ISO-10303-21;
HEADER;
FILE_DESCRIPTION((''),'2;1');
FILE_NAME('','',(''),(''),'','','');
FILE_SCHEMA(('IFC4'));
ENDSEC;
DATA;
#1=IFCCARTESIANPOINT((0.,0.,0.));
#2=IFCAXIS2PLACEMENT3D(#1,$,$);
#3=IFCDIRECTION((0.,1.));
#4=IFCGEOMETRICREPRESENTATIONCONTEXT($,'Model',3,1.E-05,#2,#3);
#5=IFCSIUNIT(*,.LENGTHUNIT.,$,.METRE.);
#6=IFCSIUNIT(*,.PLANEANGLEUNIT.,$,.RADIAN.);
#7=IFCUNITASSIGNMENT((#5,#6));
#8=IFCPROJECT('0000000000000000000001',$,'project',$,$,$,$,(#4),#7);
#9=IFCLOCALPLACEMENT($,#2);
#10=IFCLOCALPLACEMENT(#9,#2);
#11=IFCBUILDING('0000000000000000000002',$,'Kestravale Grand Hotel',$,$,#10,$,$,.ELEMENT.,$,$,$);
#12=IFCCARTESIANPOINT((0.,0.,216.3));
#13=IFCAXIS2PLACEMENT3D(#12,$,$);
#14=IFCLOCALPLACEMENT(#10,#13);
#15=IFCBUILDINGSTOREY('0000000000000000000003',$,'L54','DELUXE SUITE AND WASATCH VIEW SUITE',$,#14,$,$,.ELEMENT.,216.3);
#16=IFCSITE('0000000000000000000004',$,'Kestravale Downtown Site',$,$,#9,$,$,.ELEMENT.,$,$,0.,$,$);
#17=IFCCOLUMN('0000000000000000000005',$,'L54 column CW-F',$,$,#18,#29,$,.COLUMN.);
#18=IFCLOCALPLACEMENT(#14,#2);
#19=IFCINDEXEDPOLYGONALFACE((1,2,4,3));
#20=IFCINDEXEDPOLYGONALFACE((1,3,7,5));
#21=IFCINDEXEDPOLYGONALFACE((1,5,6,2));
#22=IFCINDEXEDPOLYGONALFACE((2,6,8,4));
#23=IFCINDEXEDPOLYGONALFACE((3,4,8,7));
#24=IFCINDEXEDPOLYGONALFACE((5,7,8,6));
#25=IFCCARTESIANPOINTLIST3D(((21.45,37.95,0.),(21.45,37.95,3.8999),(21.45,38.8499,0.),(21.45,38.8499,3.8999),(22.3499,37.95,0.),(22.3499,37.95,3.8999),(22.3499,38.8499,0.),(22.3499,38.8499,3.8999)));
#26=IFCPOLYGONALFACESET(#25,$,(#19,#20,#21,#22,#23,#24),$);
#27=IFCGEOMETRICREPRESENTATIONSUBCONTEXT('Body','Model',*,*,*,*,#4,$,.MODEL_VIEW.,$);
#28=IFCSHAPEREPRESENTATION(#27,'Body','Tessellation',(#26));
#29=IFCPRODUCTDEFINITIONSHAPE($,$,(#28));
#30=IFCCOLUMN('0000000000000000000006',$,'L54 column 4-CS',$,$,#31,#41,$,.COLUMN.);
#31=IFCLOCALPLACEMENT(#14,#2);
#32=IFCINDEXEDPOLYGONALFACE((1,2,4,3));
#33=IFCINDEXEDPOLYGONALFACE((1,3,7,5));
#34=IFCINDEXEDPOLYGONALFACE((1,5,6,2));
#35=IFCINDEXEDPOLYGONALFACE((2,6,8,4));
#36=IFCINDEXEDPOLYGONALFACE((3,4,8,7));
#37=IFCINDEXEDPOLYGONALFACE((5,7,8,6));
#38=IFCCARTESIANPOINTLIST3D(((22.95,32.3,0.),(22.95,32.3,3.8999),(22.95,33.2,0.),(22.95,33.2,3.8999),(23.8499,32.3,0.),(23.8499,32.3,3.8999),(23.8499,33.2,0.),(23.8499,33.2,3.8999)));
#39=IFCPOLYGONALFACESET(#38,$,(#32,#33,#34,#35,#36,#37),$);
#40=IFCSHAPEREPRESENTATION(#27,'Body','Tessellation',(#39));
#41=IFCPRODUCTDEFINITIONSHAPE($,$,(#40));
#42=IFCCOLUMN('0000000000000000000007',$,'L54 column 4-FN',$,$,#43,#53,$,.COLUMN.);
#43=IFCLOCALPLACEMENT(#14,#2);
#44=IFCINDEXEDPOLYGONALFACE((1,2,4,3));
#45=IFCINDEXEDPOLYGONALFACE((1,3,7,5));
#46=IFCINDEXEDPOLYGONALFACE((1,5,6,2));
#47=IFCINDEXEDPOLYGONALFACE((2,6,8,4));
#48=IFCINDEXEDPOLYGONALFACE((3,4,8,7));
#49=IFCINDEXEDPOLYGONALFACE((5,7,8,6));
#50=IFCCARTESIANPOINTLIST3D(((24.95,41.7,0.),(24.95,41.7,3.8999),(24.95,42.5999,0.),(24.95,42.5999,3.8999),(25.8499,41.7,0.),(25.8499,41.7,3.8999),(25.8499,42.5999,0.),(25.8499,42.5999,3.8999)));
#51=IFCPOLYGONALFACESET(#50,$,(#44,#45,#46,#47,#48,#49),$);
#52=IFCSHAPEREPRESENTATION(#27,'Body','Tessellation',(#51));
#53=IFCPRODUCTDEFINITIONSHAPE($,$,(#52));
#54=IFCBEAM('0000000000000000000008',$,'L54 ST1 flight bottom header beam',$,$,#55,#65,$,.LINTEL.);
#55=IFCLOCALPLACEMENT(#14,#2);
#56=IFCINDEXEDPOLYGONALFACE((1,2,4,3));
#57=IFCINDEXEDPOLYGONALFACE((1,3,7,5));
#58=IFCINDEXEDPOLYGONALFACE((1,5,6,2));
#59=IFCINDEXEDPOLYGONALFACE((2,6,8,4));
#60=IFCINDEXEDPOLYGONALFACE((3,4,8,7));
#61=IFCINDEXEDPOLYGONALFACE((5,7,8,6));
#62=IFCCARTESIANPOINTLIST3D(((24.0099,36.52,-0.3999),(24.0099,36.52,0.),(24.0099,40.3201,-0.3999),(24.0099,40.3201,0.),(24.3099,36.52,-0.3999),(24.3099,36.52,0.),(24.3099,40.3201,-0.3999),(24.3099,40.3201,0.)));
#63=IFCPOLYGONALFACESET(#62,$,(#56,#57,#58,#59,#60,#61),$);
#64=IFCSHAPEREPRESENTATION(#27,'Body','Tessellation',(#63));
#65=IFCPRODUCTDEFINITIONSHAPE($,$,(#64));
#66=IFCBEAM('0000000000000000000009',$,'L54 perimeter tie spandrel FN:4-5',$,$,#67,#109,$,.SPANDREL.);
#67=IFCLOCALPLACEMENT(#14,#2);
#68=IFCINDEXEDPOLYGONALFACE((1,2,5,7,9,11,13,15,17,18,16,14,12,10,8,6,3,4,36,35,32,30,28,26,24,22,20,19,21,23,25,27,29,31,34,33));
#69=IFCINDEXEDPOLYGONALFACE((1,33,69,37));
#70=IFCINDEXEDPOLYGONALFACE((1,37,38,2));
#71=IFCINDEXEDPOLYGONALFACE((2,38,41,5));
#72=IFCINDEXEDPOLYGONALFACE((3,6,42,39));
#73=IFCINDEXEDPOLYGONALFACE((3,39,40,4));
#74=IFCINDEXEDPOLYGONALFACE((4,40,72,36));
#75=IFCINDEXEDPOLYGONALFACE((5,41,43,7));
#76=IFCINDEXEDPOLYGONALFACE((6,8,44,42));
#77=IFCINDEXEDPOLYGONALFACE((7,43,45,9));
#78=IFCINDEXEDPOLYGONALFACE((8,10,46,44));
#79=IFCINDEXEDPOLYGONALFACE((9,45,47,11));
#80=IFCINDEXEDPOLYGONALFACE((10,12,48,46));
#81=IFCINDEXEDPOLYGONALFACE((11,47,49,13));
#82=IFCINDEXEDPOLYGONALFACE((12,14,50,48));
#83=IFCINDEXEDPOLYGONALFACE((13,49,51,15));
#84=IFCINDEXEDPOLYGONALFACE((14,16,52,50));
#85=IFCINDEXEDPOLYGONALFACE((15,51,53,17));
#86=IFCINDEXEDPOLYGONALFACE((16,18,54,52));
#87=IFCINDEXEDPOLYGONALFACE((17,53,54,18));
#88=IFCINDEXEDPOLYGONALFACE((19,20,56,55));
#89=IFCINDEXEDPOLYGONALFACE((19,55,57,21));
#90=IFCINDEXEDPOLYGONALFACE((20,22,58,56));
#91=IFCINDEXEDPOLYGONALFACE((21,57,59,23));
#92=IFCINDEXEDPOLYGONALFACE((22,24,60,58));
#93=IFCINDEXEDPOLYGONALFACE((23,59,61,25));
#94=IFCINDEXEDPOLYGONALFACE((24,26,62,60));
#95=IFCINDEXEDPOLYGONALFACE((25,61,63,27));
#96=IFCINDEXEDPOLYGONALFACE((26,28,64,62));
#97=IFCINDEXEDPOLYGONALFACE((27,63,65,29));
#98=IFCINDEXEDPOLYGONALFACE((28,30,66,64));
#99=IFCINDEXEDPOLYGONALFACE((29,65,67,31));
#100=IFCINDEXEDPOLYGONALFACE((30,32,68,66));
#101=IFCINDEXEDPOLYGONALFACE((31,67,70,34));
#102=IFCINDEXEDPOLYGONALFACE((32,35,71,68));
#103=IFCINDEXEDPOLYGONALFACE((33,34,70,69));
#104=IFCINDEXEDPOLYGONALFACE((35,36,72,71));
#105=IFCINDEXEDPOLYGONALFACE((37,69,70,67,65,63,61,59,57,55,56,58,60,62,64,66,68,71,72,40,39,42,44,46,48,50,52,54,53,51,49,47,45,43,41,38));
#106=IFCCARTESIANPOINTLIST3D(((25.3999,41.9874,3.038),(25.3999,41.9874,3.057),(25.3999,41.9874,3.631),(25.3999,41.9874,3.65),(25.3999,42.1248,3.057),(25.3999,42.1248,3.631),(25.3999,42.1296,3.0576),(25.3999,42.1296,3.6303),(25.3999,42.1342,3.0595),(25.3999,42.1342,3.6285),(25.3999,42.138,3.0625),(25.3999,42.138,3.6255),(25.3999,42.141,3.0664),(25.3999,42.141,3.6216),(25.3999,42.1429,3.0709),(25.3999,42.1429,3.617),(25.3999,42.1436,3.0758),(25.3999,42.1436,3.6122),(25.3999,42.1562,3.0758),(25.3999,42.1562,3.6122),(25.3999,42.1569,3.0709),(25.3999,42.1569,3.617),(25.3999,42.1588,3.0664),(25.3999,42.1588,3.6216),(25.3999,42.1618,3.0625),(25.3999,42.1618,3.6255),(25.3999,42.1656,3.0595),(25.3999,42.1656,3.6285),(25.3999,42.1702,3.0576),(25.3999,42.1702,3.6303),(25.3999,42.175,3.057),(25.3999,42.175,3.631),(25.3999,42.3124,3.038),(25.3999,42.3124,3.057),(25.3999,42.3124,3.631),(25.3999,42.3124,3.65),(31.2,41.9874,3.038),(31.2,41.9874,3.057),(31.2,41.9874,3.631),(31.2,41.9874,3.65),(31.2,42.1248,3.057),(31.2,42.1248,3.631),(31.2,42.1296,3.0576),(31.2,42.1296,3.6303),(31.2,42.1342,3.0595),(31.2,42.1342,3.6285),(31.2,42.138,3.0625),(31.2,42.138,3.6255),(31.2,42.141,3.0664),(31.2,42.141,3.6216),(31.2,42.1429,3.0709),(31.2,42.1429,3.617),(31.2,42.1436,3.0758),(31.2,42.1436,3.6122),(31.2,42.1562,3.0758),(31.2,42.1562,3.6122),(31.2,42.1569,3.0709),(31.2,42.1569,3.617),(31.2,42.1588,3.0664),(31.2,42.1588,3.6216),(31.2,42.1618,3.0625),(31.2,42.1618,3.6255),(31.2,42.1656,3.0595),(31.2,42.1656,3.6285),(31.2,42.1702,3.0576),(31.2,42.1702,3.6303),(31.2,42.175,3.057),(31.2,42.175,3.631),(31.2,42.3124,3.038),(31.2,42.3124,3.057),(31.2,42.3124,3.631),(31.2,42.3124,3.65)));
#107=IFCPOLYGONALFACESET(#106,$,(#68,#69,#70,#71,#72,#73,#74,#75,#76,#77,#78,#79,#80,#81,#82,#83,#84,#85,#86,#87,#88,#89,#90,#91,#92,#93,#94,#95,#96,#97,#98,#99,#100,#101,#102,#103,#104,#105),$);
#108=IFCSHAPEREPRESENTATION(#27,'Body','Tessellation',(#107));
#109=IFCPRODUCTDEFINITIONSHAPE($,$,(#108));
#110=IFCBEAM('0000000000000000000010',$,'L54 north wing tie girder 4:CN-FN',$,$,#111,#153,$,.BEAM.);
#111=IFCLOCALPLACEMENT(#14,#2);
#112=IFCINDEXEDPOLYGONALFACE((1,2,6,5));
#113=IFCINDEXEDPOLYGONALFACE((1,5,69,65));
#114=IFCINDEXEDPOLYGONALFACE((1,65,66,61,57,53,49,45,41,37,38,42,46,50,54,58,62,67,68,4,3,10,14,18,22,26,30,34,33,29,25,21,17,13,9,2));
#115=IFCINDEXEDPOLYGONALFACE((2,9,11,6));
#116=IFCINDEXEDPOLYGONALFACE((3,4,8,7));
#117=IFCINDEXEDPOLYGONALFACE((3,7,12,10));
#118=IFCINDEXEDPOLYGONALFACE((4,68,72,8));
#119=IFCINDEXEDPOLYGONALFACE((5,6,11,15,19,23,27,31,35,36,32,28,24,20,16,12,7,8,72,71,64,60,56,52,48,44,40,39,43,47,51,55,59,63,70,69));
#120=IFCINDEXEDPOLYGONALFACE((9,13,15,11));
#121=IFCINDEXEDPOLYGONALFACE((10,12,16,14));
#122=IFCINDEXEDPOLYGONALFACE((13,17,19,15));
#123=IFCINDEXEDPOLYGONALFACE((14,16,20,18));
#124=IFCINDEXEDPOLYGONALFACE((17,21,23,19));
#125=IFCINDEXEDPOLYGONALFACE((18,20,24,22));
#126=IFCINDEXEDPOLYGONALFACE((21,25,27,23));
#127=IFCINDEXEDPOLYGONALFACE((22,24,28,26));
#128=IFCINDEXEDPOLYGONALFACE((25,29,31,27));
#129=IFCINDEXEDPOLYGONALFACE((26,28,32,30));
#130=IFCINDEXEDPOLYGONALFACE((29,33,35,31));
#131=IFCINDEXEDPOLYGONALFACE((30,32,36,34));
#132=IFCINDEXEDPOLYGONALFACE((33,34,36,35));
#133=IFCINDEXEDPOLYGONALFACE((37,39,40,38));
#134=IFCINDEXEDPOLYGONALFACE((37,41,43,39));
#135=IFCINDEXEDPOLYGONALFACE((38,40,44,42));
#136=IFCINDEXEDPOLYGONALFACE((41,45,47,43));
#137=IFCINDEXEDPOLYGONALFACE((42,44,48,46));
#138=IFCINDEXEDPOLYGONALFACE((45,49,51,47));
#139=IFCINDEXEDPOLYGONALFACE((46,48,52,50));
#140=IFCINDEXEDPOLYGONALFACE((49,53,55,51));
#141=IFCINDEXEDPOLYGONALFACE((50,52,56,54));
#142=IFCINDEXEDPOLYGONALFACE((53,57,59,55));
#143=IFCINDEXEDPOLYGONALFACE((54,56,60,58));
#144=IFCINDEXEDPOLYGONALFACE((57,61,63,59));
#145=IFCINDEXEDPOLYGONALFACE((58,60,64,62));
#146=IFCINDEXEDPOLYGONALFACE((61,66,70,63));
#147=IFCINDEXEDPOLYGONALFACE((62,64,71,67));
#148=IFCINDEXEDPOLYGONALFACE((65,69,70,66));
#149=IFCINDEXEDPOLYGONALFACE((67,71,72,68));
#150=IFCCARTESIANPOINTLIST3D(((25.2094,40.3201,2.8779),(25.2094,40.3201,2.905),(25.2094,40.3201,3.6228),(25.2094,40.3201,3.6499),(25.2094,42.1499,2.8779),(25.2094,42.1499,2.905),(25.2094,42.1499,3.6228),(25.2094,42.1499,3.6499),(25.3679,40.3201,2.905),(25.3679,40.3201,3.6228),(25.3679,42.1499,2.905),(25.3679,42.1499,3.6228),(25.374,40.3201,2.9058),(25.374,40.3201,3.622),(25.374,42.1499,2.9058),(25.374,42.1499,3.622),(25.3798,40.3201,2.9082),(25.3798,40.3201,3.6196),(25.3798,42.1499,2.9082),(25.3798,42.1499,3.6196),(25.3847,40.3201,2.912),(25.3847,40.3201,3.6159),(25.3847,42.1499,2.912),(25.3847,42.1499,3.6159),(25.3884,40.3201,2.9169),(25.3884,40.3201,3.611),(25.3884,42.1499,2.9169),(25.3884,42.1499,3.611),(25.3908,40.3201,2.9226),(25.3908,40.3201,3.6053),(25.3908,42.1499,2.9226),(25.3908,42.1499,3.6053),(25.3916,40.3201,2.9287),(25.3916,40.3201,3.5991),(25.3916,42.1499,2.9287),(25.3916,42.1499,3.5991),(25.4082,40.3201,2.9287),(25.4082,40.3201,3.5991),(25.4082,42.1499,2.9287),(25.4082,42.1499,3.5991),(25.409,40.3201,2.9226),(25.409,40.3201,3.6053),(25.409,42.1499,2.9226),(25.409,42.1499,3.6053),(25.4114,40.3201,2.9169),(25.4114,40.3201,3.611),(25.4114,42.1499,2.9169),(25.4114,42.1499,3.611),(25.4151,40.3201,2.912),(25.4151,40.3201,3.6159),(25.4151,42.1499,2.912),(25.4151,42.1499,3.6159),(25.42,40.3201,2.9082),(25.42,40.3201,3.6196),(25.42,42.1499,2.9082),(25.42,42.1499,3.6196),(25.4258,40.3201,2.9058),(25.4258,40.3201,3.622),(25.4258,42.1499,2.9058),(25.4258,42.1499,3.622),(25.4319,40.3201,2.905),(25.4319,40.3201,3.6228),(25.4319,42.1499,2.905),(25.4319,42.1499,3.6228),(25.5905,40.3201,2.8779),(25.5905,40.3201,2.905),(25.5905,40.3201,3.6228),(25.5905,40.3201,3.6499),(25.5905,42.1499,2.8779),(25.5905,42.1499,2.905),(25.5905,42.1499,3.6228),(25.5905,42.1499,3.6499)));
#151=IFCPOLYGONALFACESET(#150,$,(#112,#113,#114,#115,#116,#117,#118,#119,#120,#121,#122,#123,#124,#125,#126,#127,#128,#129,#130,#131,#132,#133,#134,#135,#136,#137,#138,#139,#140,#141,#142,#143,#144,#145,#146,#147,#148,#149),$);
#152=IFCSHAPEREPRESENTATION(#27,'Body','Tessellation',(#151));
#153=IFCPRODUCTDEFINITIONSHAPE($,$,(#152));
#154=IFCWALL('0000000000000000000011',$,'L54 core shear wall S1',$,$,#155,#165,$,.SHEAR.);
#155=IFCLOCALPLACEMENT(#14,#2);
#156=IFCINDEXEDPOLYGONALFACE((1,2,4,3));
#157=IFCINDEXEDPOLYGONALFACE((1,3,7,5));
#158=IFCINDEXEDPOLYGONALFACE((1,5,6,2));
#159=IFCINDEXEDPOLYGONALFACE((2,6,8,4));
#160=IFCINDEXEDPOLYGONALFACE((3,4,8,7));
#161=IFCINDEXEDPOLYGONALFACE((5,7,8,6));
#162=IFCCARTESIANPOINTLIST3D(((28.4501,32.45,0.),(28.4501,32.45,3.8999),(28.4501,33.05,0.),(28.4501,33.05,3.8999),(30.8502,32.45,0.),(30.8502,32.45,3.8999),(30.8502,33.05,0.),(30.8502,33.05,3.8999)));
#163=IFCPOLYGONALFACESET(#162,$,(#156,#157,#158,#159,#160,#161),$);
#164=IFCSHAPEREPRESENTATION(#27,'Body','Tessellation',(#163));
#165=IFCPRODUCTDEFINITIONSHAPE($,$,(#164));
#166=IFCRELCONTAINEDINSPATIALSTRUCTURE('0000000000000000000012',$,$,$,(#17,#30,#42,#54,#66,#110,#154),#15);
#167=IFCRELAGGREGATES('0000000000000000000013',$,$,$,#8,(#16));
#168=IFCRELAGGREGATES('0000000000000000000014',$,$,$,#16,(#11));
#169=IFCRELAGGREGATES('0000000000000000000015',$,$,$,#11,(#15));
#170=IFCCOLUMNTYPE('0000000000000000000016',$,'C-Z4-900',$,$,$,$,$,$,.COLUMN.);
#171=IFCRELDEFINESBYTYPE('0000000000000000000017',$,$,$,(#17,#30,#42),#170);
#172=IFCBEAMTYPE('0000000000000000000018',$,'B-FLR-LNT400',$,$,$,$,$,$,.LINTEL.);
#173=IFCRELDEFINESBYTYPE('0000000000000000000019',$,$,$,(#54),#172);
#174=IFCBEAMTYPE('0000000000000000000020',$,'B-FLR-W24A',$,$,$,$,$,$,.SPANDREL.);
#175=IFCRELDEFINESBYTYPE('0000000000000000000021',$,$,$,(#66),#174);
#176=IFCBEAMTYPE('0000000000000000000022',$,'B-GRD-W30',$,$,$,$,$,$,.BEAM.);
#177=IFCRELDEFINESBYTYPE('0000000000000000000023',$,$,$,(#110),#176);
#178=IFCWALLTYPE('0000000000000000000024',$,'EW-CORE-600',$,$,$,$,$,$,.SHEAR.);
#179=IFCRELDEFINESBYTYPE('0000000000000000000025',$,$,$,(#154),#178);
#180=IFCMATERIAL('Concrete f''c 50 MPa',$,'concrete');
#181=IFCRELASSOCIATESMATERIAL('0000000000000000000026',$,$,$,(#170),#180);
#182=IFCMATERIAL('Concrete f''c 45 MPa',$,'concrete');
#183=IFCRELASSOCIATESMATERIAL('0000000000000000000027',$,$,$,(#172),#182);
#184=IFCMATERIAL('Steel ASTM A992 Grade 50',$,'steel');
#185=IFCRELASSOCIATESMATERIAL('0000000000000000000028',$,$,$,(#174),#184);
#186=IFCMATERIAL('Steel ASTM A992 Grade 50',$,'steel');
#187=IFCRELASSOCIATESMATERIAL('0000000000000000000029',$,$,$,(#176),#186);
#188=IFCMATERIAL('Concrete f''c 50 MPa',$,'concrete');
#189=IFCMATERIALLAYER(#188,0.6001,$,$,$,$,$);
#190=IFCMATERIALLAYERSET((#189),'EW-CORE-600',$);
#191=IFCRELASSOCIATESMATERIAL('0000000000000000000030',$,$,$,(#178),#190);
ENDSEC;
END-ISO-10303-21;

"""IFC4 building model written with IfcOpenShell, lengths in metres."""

from ifc_helpers import new_model, si_unit, direction, frame, frame_2d, origin, origin_2d, place, context, subcontext, project, spatial, rectangle, i_section, extrude, material, layer, layer_set, material_profile, profile_set, type_object, element, save


model = new_model("IFC4")

# Units and contexts
model_context = context("Model", 3, precision=1e-05, world=origin(), true_north=direction((0.0, 1.0)))
body_context = subcontext(model_context, "Body", "Model", "MODEL_VIEW")
ifc_project = project(units=[si_unit("LENGTHUNIT", "METRE"), si_unit("PLANEANGLEUNIT", "RADIAN")], contexts=[model_context])

# Site, building, storey
site_placement = place(None, origin())
site = spatial("IfcSite", under=ifc_project, at=site_placement, Name="Kestravale Downtown Site", CompositionType="ELEMENT", RefElevation=0.0)
building_placement = place(site_placement, origin())
building = spatial("IfcBuilding", under=site, at=building_placement, Name="Kestravale Grand Hotel", CompositionType="ELEMENT")
storey_placement = place(building_placement, frame((0.0, 0.0, 216.3)))
storey = spatial("IfcBuildingStorey", under=building, at=storey_placement, Name="L54", Description="DELUXE SUITE AND WASATCH VIEW SUITE", CompositionType="ELEMENT", Elevation=216.3)

# Columns
ifc_material_1 = material(Name="Concrete f'c 50 MPa", Category="concrete")
ifc_material_profile_1 = material_profile(ifc_material_1, rectangle(XDim=0.8999, YDim=0.8999, at=origin_2d()))
ifc_profile_set_1 = profile_set([ifc_material_profile_1], Name="Concrete f'c 50 MPa")
column_type = type_object("IfcColumnType", Name="C-Z4-900", PredefinedType="COLUMN", material=ifc_profile_set_1)
for number, where, z_axis, x_axis, name in (
    (1, (21.8999, 38.3999, 0.0), (0.0, 0.0, 1.0), (1.0, 0.0, 0.0), "L54 column CW-F"),
    (2, (23.3999, 32.75, 0.0), (0.0, 0.0, 1.0), (1.0, 0.0, 0.0), "L54 column 4-CS"),
    (3, (25.3999, 42.1499, 0.0), (0.0, 0.0, 1.0), (1.0, 0.0, 0.0), "L54 column 4-FN"),
):
    element("IfcColumn", number, at=place(storey_placement, frame(where, z_axis=z_axis, x_axis=x_axis)), inside=storey, type_object=column_type, Name=name, PredefinedType="COLUMN", context=body_context, shape_type="SweptSolid", body=[
        extrude(rectangle(XDim=0.8999, YDim=0.8999, at=origin_2d()), origin(), (0.0, 0.0, 1.0), 3.8999),
    ])

# Beams
ifc_material_2 = material(Name="Concrete f'c 45 MPa", Category="concrete")
ifc_material_profile_2 = material_profile(ifc_material_2, rectangle(XDim=0.3, YDim=0.3999, at=origin_2d()))
ifc_profile_set_2 = profile_set([ifc_material_profile_2], Name="Concrete f'c 45 MPa")
beam_type_1 = type_object("IfcBeamType", Name="B-FLR-LNT400", PredefinedType="LINTEL", material=ifc_profile_set_2)
beam_1_placement = place(storey_placement, frame((24.1599, 36.52, -0.2), z_axis=(0.0, 1.0, 0.0), x_axis=(-1.0, 0.0, 0.0)))
element("IfcBeam", 4, at=beam_1_placement, inside=storey, type_object=beam_type_1, Name="L54 ST1 flight bottom header beam", PredefinedType="LINTEL", context=body_context, shape_type="SweptSolid", body=[
    extrude(rectangle(XDim=0.3, YDim=0.3999, at=origin_2d()), origin(), (0.0, 0.0, 1.0), 3.8),
])
ifc_material_3 = material(Name="Steel ASTM A992 Grade 50", Category="steel")
ifc_material_profile_3 = material_profile(ifc_material_3, i_section(OverallWidth=0.325, OverallDepth=0.6121, WebThickness=0.0127, FlangeThickness=0.019, FilletRadius=0.0188, at=origin_2d()))
ifc_profile_set_3 = profile_set([ifc_material_profile_3], Name="Steel ASTM A992 Grade 50")
beam_type_2 = type_object("IfcBeamType", Name="B-FLR-W24A", PredefinedType="SPANDREL", material=ifc_profile_set_3)
beam_2_placement = place(storey_placement, frame((25.3999, 42.1499, 3.344), z_axis=(1.0, 0.0, 0.0), x_axis=(0.0, 1.0, 0.0)))
element("IfcBeam", 5, at=beam_2_placement, inside=storey, type_object=beam_type_2, Name="L54 perimeter tie spandrel FN:4-5", PredefinedType="SPANDREL", context=body_context, shape_type="SweptSolid", body=[
    extrude(i_section(OverallWidth=0.325, OverallDepth=0.6121, WebThickness=0.0127, FlangeThickness=0.019, FilletRadius=0.0188, at=origin_2d()), origin(), (0.0, 0.0, 1.0), 5.8),
])
ifc_material_4 = material(Name="Steel ASTM A992 Grade 50", Category="steel")
ifc_material_profile_4 = material_profile(ifc_material_4, i_section(OverallWidth=0.3811, OverallDepth=0.772, WebThickness=0.0166, FlangeThickness=0.0271, FilletRadius=0.0237, at=origin_2d()))
ifc_profile_set_4 = profile_set([ifc_material_profile_4], Name="Steel ASTM A992 Grade 50")
beam_type_3 = type_object("IfcBeamType", Name="B-GRD-W30", PredefinedType="BEAM", material=ifc_profile_set_4)
beam_3_placement = place(storey_placement, frame((25.3999, 40.3201, 3.2639), z_axis=(0.0, 1.0, 0.0), x_axis=(-1.0, 0.0, 0.0)))
element("IfcBeam", 6, at=beam_3_placement, inside=storey, type_object=beam_type_3, Name="L54 north wing tie girder 4:CN-FN", PredefinedType="BEAM", context=body_context, shape_type="SweptSolid", body=[
    extrude(i_section(OverallWidth=0.3811, OverallDepth=0.772, WebThickness=0.0166, FlangeThickness=0.0271, FilletRadius=0.0237, at=origin_2d()), origin(), (0.0, 0.0, 1.0), 1.8298),
])

# Wall
ifc_material_5 = material(Name="Concrete f'c 50 MPa", Category="concrete")
ifc_layer_1 = layer(ifc_material_5, 0.6001)
ifc_layer_set_1 = layer_set([ifc_layer_1], Name="EW-CORE-600")
wall_type_1 = type_object("IfcWallType", Name="EW-CORE-600", PredefinedType="SHEAR", material=ifc_layer_set_1)
wall_1_placement = place(storey_placement, frame((28.45, 32.75, 0.0), z_axis=(0.0, 0.0, 1.0), x_axis=(1.0, 0.0, 0.0)))
element("IfcWall", 7, at=wall_1_placement, inside=storey, type_object=wall_type_1, Name="L54 core shear wall S1", PredefinedType="SHEAR", context=body_context, shape_type="SweptSolid", body=[
    extrude(rectangle(XDim=2.4001, YDim=0.6001, at=frame_2d((1.2002, 0.0))), origin(), (0.0, 0.0, 1.0), 3.8999),
])

save(model, "model.ifc")
